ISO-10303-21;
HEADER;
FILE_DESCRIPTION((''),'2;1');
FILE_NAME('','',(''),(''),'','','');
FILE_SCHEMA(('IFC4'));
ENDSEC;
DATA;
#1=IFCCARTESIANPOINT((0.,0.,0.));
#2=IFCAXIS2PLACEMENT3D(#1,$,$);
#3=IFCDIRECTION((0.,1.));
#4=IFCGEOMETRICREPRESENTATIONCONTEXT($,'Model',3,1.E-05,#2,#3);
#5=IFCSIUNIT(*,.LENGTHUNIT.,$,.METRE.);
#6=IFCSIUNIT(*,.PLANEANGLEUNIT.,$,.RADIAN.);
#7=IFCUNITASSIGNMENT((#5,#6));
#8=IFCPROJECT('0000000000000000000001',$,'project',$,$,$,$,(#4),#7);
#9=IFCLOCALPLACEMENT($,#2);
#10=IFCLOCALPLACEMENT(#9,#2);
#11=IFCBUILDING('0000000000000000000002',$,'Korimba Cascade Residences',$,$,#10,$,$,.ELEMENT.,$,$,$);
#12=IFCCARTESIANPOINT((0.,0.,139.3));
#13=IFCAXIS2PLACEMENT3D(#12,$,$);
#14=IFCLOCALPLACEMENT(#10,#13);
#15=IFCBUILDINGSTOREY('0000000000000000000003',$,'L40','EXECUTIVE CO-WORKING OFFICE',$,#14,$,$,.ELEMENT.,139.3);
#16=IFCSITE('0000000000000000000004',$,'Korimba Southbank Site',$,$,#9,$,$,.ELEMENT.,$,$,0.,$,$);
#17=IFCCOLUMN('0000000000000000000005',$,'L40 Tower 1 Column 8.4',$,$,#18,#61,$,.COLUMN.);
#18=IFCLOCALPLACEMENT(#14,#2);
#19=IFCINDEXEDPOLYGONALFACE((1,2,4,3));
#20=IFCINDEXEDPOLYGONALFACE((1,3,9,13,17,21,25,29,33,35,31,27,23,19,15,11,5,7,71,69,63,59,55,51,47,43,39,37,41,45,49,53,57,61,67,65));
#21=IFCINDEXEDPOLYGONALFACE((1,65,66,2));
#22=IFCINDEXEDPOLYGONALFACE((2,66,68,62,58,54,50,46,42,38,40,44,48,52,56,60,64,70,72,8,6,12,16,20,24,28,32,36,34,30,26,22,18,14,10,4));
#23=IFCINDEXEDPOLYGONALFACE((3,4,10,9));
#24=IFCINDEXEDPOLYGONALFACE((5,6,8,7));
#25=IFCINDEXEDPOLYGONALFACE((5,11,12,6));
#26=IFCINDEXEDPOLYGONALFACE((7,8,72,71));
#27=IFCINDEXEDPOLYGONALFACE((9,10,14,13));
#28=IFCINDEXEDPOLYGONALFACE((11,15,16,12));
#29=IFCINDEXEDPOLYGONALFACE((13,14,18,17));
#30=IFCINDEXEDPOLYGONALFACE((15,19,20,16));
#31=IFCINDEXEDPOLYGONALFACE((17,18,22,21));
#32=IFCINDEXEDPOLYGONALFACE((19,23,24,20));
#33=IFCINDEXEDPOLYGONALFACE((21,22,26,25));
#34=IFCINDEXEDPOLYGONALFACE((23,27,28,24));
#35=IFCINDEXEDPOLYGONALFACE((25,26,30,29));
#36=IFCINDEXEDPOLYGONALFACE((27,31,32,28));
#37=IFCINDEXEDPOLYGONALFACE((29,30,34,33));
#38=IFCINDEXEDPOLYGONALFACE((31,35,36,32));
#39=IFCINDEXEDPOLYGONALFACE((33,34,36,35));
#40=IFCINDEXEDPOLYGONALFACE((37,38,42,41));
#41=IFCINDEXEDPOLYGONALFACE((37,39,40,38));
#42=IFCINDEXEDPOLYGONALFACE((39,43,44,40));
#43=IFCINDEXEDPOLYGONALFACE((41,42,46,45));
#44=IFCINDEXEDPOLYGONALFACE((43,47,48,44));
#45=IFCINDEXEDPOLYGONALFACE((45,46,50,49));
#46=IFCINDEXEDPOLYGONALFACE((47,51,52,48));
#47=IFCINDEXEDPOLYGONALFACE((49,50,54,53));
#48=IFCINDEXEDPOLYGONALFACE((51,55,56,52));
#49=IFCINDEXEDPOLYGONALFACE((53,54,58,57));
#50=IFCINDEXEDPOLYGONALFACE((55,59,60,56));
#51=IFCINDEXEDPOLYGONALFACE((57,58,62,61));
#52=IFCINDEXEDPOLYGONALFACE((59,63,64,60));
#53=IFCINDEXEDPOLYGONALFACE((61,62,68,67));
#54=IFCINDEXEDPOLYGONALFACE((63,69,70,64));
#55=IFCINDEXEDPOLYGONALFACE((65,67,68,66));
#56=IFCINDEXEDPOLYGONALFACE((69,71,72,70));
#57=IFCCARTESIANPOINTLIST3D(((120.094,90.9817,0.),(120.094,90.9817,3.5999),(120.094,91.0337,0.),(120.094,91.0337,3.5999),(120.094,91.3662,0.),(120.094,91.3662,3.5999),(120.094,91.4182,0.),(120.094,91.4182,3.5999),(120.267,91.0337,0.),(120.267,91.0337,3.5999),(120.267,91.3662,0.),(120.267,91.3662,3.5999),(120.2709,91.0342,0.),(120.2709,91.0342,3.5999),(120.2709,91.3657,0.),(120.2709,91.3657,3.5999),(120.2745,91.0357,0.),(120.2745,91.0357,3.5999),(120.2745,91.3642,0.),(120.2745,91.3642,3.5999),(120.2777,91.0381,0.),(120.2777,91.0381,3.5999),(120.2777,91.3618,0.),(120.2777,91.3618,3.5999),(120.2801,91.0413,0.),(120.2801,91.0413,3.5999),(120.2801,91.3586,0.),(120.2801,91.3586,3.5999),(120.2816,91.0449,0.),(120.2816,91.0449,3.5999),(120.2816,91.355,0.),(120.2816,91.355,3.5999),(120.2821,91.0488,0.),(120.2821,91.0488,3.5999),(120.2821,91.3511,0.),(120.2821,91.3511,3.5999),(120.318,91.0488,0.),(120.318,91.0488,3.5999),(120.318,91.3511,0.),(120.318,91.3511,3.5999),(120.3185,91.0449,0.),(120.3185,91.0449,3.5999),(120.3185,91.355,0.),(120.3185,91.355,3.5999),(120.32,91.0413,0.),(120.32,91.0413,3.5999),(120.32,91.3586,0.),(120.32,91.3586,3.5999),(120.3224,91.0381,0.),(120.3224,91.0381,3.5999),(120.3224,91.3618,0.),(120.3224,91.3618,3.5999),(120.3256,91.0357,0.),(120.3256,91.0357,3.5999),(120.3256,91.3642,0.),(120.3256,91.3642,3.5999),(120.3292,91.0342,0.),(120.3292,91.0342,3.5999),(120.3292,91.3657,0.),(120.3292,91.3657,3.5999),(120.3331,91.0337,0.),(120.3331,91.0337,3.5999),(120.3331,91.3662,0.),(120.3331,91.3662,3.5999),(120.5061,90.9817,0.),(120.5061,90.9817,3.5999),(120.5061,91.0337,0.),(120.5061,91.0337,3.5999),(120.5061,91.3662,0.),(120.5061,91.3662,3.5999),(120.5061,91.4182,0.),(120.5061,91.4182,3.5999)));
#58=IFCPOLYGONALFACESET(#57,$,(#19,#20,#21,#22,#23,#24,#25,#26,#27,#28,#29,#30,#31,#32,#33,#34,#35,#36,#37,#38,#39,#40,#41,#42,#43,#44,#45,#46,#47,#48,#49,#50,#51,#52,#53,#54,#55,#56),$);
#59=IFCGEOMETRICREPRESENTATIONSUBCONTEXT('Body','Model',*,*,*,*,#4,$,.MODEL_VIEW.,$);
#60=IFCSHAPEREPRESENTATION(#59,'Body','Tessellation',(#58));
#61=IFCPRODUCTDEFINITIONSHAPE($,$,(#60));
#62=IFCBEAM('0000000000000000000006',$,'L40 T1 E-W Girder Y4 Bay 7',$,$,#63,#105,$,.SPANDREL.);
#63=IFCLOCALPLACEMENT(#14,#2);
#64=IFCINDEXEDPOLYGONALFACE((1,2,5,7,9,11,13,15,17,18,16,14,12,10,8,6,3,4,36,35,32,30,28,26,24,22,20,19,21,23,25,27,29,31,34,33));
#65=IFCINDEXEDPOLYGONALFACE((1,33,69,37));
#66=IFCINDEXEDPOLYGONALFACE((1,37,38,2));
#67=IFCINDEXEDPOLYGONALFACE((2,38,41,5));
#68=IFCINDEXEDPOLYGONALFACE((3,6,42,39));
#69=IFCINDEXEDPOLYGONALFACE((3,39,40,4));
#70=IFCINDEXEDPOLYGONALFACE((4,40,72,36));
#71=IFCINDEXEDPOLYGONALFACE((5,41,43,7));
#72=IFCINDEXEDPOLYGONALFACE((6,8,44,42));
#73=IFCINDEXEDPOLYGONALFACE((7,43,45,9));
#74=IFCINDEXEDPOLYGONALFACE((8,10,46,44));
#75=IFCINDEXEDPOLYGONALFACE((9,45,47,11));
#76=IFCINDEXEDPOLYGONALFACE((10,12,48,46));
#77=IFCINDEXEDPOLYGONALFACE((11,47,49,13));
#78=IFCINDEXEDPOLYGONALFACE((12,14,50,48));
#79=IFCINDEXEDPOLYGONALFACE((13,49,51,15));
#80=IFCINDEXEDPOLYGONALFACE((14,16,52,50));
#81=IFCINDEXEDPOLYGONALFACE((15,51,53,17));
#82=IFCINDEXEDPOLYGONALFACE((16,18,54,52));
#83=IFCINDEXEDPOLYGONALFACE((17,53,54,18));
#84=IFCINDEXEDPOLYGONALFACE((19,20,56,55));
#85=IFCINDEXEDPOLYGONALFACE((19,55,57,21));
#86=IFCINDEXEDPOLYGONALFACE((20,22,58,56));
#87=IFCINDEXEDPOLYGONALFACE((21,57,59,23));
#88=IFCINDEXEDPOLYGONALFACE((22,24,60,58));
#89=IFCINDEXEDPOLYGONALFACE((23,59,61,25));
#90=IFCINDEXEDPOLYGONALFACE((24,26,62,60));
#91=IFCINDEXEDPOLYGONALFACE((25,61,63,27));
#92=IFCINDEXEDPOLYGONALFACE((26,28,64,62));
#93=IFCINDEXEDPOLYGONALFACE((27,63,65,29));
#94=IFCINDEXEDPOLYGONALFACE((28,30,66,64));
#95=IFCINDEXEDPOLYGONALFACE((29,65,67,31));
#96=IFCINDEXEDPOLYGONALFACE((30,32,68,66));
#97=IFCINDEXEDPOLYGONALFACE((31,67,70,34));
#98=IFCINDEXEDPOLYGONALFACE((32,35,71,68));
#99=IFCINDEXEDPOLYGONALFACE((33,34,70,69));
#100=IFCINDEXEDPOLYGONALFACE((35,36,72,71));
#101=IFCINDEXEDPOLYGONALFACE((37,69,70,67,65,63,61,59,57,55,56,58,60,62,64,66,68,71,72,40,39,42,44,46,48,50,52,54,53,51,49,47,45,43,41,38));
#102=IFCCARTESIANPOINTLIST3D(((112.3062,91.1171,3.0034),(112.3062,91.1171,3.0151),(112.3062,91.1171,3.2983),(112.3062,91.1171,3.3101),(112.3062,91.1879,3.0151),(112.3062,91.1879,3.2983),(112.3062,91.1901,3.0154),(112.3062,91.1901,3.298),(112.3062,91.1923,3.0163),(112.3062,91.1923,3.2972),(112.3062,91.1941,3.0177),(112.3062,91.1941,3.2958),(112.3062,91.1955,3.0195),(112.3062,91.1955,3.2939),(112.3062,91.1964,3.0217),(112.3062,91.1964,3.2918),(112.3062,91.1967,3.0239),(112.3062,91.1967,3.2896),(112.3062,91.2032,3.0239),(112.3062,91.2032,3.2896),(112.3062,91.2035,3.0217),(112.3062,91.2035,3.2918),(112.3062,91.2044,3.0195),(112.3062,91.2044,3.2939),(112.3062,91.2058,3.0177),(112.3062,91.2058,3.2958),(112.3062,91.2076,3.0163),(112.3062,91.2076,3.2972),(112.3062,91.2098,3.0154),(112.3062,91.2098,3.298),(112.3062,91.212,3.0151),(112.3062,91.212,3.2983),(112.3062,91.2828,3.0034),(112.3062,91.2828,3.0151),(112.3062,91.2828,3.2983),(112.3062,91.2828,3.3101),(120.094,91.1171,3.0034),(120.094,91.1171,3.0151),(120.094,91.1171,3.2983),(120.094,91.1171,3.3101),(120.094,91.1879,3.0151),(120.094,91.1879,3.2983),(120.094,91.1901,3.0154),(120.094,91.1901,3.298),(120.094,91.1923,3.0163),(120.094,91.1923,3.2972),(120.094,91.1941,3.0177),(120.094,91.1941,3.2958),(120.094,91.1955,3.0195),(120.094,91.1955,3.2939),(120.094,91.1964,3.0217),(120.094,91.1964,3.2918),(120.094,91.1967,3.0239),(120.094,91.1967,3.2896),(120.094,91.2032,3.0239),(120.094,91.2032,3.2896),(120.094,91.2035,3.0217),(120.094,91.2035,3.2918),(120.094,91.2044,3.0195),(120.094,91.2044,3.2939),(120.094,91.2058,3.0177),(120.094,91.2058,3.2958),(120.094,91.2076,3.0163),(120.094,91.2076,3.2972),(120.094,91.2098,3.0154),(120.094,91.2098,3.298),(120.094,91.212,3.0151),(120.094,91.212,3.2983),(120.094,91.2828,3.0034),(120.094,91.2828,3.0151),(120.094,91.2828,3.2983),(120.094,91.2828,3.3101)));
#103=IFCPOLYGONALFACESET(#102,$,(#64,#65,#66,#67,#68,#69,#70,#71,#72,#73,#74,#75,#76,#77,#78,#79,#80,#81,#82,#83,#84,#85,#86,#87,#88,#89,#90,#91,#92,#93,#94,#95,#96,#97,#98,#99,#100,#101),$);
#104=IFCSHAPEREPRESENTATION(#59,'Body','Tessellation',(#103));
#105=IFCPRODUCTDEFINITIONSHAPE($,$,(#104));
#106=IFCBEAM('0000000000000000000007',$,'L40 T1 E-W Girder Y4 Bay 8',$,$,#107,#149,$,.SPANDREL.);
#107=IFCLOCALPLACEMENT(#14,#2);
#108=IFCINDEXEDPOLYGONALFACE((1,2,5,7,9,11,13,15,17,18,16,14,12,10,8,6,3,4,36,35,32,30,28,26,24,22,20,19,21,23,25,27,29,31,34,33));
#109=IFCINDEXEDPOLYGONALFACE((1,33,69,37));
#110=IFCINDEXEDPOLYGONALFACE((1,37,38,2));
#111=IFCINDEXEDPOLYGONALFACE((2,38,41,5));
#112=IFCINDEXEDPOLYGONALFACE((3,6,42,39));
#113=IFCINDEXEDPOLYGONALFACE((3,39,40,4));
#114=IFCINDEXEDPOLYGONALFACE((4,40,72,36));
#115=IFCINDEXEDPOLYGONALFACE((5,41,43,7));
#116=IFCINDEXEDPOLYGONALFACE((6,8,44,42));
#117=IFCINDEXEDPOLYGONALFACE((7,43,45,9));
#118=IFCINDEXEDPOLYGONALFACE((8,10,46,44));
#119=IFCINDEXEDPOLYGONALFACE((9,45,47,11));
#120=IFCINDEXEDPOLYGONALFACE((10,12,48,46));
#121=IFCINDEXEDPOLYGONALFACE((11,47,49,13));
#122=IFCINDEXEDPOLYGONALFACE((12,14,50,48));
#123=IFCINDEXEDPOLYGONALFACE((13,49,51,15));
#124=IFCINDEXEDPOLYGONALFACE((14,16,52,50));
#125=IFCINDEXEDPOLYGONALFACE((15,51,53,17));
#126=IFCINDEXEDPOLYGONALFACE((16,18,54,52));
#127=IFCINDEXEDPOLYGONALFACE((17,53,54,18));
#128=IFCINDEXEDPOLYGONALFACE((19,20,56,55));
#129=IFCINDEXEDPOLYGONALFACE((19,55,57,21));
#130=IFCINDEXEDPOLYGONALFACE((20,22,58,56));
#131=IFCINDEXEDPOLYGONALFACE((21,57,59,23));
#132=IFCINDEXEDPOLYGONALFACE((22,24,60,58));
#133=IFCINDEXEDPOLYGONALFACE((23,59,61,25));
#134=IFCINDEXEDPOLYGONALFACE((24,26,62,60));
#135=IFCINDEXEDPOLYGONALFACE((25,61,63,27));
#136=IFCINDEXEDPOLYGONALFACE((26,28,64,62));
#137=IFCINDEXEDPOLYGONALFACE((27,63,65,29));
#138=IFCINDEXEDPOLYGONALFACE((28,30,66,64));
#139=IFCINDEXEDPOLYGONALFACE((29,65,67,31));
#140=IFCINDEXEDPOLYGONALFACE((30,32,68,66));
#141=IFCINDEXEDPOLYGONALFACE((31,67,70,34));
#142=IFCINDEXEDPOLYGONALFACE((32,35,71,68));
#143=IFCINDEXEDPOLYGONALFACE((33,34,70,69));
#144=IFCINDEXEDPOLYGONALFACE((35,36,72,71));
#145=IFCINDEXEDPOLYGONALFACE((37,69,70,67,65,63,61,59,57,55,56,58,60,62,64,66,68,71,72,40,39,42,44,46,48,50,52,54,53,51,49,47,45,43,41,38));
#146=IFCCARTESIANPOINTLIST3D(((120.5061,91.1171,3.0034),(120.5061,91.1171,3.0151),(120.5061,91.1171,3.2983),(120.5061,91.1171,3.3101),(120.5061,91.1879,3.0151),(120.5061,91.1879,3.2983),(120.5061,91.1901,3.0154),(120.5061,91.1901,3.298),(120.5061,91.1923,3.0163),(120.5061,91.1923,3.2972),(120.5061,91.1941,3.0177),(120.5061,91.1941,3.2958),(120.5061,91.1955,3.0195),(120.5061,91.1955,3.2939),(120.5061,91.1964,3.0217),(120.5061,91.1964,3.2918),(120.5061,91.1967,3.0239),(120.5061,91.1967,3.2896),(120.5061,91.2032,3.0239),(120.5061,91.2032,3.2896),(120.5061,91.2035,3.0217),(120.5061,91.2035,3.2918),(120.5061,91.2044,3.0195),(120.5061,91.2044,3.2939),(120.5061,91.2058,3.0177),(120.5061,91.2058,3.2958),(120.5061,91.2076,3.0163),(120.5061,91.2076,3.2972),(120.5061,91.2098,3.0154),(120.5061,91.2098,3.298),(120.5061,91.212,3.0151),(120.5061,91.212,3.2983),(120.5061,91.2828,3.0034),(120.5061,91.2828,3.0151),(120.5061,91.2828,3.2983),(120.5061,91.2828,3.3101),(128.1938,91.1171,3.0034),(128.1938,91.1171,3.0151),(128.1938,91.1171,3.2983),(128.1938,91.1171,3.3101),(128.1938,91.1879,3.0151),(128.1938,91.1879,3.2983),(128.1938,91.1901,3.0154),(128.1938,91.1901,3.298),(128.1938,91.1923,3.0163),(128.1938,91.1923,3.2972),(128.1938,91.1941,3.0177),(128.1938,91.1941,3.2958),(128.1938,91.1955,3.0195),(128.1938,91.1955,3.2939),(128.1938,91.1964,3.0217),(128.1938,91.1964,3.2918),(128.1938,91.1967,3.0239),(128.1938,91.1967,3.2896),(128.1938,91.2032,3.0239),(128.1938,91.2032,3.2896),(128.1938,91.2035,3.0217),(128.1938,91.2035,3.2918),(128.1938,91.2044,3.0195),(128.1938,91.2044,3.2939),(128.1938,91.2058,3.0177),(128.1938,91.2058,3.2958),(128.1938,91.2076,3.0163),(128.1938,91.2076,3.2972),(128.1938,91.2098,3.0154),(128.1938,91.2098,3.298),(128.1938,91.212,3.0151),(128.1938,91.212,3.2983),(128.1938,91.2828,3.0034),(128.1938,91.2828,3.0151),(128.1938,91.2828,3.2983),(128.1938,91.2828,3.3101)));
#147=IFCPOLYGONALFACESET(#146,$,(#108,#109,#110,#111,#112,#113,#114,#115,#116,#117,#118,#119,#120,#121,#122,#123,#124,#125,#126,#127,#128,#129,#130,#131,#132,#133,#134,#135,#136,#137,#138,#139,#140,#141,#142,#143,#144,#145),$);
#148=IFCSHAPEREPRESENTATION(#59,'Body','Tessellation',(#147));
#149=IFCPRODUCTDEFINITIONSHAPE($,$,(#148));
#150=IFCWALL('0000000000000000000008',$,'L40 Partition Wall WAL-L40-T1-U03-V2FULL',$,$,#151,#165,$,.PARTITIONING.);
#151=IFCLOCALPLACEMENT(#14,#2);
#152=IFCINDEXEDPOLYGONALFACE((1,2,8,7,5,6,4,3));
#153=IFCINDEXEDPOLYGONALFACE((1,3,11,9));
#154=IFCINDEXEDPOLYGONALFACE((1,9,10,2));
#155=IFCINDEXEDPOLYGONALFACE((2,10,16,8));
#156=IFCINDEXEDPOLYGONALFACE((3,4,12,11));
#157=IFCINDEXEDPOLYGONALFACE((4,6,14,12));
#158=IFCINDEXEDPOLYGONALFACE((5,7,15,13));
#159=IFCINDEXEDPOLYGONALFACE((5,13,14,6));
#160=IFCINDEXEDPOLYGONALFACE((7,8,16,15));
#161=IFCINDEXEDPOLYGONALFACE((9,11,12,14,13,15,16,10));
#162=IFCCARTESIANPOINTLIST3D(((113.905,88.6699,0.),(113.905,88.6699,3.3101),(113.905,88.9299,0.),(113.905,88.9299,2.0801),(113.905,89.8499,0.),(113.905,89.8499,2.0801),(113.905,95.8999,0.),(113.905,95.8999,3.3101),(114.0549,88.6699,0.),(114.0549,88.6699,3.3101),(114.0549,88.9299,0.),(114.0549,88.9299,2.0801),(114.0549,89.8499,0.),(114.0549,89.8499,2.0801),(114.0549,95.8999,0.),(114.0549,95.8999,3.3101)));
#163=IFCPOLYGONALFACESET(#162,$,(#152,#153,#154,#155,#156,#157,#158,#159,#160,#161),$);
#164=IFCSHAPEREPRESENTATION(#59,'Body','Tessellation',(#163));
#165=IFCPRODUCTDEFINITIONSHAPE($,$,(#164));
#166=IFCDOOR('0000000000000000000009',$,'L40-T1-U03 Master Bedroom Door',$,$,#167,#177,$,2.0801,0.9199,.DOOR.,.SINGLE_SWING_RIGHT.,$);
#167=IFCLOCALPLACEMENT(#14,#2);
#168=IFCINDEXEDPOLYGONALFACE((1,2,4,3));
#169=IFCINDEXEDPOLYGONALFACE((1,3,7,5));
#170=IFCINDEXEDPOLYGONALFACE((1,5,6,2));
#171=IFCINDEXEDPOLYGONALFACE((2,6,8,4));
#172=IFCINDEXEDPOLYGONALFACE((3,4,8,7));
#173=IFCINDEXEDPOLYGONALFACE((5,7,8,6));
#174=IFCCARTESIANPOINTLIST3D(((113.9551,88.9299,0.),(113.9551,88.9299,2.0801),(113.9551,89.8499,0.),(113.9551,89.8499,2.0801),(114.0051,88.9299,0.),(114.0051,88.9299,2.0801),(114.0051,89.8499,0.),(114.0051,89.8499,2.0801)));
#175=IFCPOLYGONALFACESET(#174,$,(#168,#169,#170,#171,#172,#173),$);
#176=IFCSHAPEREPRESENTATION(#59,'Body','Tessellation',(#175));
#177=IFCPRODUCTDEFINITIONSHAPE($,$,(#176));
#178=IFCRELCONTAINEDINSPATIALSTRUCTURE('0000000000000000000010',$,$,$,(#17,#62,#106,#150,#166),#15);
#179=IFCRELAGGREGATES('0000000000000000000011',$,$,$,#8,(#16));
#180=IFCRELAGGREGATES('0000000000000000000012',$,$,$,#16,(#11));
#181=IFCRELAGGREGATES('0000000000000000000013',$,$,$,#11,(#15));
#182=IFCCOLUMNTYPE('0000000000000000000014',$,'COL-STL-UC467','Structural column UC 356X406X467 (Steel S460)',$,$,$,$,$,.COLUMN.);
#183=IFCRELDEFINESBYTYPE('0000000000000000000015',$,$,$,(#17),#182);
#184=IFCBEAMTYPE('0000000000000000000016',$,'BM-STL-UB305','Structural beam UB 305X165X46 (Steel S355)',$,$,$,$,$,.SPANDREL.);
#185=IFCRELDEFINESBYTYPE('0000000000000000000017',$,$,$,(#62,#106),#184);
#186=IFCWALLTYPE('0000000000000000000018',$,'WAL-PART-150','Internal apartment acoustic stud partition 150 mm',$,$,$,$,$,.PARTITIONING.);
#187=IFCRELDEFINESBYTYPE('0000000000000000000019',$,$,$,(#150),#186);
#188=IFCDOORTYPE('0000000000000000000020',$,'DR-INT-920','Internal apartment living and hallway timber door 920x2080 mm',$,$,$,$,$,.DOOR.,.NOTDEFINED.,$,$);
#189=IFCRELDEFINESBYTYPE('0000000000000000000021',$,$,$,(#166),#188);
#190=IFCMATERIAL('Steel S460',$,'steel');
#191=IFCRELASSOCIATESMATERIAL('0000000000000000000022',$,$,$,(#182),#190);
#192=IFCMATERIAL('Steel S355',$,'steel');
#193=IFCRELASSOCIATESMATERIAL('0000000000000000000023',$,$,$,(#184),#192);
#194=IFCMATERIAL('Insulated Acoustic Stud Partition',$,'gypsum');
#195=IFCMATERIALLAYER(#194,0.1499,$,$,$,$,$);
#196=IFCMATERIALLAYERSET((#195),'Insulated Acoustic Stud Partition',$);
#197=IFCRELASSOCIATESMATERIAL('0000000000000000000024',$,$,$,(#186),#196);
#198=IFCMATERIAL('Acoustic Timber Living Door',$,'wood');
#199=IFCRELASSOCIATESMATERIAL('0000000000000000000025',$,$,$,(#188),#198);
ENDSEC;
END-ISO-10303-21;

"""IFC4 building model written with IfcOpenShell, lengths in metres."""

from ifc_helpers import new_model, si_unit, direction, frame, frame_2d, origin, origin_2d, place, context, subcontext, project, spatial, rectangle, i_section, extrude, material, layer, layer_set, material_profile, profile_set, type_object, element, fill, save


model = new_model("IFC4")

# Units and contexts
model_context = context("Model", 3, precision=1e-05, world=origin(), true_north=direction((0.0, 1.0)))
body_context = subcontext(model_context, "Body", "Model", "MODEL_VIEW")
ifc_project = project(units=[si_unit("LENGTHUNIT", "METRE"), si_unit("PLANEANGLEUNIT", "RADIAN")], contexts=[model_context])

# Site, building, storey
site_placement = place(None, origin())
site = spatial("IfcSite", under=ifc_project, at=site_placement, Name="Korimba Southbank Site", CompositionType="ELEMENT", RefElevation=0.0)
building_placement = place(site_placement, origin())
building = spatial("IfcBuilding", under=site, at=building_placement, Name="Korimba Cascade Residences", CompositionType="ELEMENT")
storey_placement = place(building_placement, frame((0.0, 0.0, 139.3)))
storey = spatial("IfcBuildingStorey", under=building, at=storey_placement, Name="L40", Description="EXECUTIVE CO-WORKING OFFICE", CompositionType="ELEMENT", Elevation=139.3)

# Column
ifc_material_1 = material(Name="Steel S460", Category="steel")
ifc_material_profile_1 = material_profile(ifc_material_1, i_section(OverallWidth=0.4121, OverallDepth=0.4365, WebThickness=0.0359, FlangeThickness=0.052, FilletRadius=0.0151, at=origin_2d()), Name="Steel S460")
ifc_profile_set_1 = profile_set([ifc_material_profile_1], Name="Steel S460")
column_type = type_object("IfcColumnType", Name="COL-STL-UC467", Description="Structural column UC 356X406X467 (Steel S460)", PredefinedType="COLUMN", material=ifc_profile_set_1)
column_placement = place(storey_placement, frame((120.3, 91.2, 0.0), z_axis=(0.0, 0.0, 1.0), x_axis=(1.0, 0.0, 0.0)))
element("IfcColumn", 1, at=column_placement, inside=storey, type_object=column_type, Name="L40 Tower 1 Column 8.4", PredefinedType="COLUMN", context=body_context, shape_type="SweptSolid", body=[
    extrude(i_section(OverallWidth=0.4121, OverallDepth=0.4365, WebThickness=0.0359, FlangeThickness=0.052, FilletRadius=0.0151, at=origin_2d()), origin(), (0.0, 0.0, 1.0), 3.5999),
])

# Beams
ifc_material_2 = material(Name="Steel S355", Category="steel")
ifc_material_profile_2 = material_profile(ifc_material_2, i_section(OverallWidth=0.1658, OverallDepth=0.3066, WebThickness=0.0066, FlangeThickness=0.0117, FilletRadius=0.0088, at=origin_2d()), Name="Steel S355")
ifc_profile_set_2 = profile_set([ifc_material_profile_2], Name="Steel S355")
beam_type = type_object("IfcBeamType", Name="BM-STL-UB305", Description="Structural beam UB 305X165X46 (Steel S355)", PredefinedType="SPANDREL", material=ifc_profile_set_2)
beam_1_placement = place(storey_placement, frame((112.3062, 91.2, 3.1567), z_axis=(1.0, 0.0, 0.0), x_axis=(0.0, 1.0, 0.0)))
element("IfcBeam", 2, at=beam_1_placement, inside=storey, type_object=beam_type, Name="L40 T1 E-W Girder Y4 Bay 7", PredefinedType="SPANDREL", context=body_context, shape_type="SweptSolid", body=[
    extrude(i_section(OverallWidth=0.1658, OverallDepth=0.3066, WebThickness=0.0066, FlangeThickness=0.0117, FilletRadius=0.0088, at=origin_2d()), origin(), (0.0, 0.0, 1.0), 7.7878),
])
beam_2_placement = place(storey_placement, frame((120.5061, 91.2, 3.1567), z_axis=(1.0, 0.0, 0.0), x_axis=(0.0, 1.0, 0.0)))
element("IfcBeam", 3, at=beam_2_placement, inside=storey, type_object=beam_type, Name="L40 T1 E-W Girder Y4 Bay 8", PredefinedType="SPANDREL", context=body_context, shape_type="SweptSolid", body=[
    extrude(i_section(OverallWidth=0.1658, OverallDepth=0.3066, WebThickness=0.0066, FlangeThickness=0.0117, FilletRadius=0.0088, at=origin_2d()), origin(), (0.0, 0.0, 1.0), 7.6877),
])

# Wall, opening, door
ifc_material_3 = material(Name="Insulated Acoustic Stud Partition", Category="gypsum")
ifc_layer = layer(ifc_material_3, 0.1499)
ifc_layer_set = layer_set([ifc_layer], Name="Insulated Acoustic Stud Partition")
wall_type = type_object("IfcWallType", Name="WAL-PART-150", Description="Internal apartment acoustic stud partition 150 mm", PredefinedType="PARTITIONING", material=ifc_layer_set)
wall_1_placement = place(storey_placement, frame((113.98, 88.6699, 0.0), z_axis=(0.0, 0.0, 1.0), x_axis=(0.0, 1.0, 0.0)))
wall_1 = element("IfcWall", 4, at=wall_1_placement, inside=storey, type_object=wall_type, Name="L40 Partition Wall WAL-L40-T1-U03-V2FULL", PredefinedType="PARTITIONING", context=body_context, shape_type="SweptSolid", body=[
    extrude(rectangle(XDim=7.23, YDim=0.1499, at=frame_2d((3.615, 0.0))), origin(), (0.0, 0.0, 1.0), 3.3101),
])
opening_1_placement = place(wall_1_placement, frame((0.26, 0.0, 0.0)))
opening_1 = element("IfcOpeningElement", 5, at=opening_1_placement, cuts=wall_1, PredefinedType="OPENING", context=body_context, shape_type="SweptSolid", body=[
    extrude(rectangle(XDim=0.9199, YDim=2.0801, at=frame_2d((0.46, 1.04))), frame((0.0, 0.085, 0.0), z_axis=(0.0, -1.0, 0.0), x_axis=(1.0, 0.0, 0.0)), (0.0, 0.0, 1.0), 0.1699),
])
ifc_material_4 = material(Name="Acoustic Timber Living Door", Category="wood")
door_type_1 = type_object("IfcDoorType", Name="DR-INT-920", Description="Internal apartment living and hallway timber door 920x2080 mm", OperationType="NOTDEFINED", PredefinedType="DOOR", material=ifc_material_4)
door_1_placement = place(opening_1_placement, origin())
door_1 = element("IfcDoor", 6, at=door_1_placement, inside=storey, type_object=door_type_1, Name="L40-T1-U03 Master Bedroom Door", OperationType="SINGLE_SWING_RIGHT", OverallHeight=2.0801, OverallWidth=0.9199, PredefinedType="DOOR", context=body_context, shape_type="SweptSolid", body=[
    extrude(rectangle(XDim=0.9199, YDim=2.0801, at=frame_2d((0.46, 1.04))), frame((0.0, 0.0249, 0.0), z_axis=(0.0, -1.0, 0.0), x_axis=(1.0, 0.0, 0.0)), (0.0, 0.0, 1.0), 0.05),
])
fill(opening_1, door_1)

save(model, "model.ifc")
